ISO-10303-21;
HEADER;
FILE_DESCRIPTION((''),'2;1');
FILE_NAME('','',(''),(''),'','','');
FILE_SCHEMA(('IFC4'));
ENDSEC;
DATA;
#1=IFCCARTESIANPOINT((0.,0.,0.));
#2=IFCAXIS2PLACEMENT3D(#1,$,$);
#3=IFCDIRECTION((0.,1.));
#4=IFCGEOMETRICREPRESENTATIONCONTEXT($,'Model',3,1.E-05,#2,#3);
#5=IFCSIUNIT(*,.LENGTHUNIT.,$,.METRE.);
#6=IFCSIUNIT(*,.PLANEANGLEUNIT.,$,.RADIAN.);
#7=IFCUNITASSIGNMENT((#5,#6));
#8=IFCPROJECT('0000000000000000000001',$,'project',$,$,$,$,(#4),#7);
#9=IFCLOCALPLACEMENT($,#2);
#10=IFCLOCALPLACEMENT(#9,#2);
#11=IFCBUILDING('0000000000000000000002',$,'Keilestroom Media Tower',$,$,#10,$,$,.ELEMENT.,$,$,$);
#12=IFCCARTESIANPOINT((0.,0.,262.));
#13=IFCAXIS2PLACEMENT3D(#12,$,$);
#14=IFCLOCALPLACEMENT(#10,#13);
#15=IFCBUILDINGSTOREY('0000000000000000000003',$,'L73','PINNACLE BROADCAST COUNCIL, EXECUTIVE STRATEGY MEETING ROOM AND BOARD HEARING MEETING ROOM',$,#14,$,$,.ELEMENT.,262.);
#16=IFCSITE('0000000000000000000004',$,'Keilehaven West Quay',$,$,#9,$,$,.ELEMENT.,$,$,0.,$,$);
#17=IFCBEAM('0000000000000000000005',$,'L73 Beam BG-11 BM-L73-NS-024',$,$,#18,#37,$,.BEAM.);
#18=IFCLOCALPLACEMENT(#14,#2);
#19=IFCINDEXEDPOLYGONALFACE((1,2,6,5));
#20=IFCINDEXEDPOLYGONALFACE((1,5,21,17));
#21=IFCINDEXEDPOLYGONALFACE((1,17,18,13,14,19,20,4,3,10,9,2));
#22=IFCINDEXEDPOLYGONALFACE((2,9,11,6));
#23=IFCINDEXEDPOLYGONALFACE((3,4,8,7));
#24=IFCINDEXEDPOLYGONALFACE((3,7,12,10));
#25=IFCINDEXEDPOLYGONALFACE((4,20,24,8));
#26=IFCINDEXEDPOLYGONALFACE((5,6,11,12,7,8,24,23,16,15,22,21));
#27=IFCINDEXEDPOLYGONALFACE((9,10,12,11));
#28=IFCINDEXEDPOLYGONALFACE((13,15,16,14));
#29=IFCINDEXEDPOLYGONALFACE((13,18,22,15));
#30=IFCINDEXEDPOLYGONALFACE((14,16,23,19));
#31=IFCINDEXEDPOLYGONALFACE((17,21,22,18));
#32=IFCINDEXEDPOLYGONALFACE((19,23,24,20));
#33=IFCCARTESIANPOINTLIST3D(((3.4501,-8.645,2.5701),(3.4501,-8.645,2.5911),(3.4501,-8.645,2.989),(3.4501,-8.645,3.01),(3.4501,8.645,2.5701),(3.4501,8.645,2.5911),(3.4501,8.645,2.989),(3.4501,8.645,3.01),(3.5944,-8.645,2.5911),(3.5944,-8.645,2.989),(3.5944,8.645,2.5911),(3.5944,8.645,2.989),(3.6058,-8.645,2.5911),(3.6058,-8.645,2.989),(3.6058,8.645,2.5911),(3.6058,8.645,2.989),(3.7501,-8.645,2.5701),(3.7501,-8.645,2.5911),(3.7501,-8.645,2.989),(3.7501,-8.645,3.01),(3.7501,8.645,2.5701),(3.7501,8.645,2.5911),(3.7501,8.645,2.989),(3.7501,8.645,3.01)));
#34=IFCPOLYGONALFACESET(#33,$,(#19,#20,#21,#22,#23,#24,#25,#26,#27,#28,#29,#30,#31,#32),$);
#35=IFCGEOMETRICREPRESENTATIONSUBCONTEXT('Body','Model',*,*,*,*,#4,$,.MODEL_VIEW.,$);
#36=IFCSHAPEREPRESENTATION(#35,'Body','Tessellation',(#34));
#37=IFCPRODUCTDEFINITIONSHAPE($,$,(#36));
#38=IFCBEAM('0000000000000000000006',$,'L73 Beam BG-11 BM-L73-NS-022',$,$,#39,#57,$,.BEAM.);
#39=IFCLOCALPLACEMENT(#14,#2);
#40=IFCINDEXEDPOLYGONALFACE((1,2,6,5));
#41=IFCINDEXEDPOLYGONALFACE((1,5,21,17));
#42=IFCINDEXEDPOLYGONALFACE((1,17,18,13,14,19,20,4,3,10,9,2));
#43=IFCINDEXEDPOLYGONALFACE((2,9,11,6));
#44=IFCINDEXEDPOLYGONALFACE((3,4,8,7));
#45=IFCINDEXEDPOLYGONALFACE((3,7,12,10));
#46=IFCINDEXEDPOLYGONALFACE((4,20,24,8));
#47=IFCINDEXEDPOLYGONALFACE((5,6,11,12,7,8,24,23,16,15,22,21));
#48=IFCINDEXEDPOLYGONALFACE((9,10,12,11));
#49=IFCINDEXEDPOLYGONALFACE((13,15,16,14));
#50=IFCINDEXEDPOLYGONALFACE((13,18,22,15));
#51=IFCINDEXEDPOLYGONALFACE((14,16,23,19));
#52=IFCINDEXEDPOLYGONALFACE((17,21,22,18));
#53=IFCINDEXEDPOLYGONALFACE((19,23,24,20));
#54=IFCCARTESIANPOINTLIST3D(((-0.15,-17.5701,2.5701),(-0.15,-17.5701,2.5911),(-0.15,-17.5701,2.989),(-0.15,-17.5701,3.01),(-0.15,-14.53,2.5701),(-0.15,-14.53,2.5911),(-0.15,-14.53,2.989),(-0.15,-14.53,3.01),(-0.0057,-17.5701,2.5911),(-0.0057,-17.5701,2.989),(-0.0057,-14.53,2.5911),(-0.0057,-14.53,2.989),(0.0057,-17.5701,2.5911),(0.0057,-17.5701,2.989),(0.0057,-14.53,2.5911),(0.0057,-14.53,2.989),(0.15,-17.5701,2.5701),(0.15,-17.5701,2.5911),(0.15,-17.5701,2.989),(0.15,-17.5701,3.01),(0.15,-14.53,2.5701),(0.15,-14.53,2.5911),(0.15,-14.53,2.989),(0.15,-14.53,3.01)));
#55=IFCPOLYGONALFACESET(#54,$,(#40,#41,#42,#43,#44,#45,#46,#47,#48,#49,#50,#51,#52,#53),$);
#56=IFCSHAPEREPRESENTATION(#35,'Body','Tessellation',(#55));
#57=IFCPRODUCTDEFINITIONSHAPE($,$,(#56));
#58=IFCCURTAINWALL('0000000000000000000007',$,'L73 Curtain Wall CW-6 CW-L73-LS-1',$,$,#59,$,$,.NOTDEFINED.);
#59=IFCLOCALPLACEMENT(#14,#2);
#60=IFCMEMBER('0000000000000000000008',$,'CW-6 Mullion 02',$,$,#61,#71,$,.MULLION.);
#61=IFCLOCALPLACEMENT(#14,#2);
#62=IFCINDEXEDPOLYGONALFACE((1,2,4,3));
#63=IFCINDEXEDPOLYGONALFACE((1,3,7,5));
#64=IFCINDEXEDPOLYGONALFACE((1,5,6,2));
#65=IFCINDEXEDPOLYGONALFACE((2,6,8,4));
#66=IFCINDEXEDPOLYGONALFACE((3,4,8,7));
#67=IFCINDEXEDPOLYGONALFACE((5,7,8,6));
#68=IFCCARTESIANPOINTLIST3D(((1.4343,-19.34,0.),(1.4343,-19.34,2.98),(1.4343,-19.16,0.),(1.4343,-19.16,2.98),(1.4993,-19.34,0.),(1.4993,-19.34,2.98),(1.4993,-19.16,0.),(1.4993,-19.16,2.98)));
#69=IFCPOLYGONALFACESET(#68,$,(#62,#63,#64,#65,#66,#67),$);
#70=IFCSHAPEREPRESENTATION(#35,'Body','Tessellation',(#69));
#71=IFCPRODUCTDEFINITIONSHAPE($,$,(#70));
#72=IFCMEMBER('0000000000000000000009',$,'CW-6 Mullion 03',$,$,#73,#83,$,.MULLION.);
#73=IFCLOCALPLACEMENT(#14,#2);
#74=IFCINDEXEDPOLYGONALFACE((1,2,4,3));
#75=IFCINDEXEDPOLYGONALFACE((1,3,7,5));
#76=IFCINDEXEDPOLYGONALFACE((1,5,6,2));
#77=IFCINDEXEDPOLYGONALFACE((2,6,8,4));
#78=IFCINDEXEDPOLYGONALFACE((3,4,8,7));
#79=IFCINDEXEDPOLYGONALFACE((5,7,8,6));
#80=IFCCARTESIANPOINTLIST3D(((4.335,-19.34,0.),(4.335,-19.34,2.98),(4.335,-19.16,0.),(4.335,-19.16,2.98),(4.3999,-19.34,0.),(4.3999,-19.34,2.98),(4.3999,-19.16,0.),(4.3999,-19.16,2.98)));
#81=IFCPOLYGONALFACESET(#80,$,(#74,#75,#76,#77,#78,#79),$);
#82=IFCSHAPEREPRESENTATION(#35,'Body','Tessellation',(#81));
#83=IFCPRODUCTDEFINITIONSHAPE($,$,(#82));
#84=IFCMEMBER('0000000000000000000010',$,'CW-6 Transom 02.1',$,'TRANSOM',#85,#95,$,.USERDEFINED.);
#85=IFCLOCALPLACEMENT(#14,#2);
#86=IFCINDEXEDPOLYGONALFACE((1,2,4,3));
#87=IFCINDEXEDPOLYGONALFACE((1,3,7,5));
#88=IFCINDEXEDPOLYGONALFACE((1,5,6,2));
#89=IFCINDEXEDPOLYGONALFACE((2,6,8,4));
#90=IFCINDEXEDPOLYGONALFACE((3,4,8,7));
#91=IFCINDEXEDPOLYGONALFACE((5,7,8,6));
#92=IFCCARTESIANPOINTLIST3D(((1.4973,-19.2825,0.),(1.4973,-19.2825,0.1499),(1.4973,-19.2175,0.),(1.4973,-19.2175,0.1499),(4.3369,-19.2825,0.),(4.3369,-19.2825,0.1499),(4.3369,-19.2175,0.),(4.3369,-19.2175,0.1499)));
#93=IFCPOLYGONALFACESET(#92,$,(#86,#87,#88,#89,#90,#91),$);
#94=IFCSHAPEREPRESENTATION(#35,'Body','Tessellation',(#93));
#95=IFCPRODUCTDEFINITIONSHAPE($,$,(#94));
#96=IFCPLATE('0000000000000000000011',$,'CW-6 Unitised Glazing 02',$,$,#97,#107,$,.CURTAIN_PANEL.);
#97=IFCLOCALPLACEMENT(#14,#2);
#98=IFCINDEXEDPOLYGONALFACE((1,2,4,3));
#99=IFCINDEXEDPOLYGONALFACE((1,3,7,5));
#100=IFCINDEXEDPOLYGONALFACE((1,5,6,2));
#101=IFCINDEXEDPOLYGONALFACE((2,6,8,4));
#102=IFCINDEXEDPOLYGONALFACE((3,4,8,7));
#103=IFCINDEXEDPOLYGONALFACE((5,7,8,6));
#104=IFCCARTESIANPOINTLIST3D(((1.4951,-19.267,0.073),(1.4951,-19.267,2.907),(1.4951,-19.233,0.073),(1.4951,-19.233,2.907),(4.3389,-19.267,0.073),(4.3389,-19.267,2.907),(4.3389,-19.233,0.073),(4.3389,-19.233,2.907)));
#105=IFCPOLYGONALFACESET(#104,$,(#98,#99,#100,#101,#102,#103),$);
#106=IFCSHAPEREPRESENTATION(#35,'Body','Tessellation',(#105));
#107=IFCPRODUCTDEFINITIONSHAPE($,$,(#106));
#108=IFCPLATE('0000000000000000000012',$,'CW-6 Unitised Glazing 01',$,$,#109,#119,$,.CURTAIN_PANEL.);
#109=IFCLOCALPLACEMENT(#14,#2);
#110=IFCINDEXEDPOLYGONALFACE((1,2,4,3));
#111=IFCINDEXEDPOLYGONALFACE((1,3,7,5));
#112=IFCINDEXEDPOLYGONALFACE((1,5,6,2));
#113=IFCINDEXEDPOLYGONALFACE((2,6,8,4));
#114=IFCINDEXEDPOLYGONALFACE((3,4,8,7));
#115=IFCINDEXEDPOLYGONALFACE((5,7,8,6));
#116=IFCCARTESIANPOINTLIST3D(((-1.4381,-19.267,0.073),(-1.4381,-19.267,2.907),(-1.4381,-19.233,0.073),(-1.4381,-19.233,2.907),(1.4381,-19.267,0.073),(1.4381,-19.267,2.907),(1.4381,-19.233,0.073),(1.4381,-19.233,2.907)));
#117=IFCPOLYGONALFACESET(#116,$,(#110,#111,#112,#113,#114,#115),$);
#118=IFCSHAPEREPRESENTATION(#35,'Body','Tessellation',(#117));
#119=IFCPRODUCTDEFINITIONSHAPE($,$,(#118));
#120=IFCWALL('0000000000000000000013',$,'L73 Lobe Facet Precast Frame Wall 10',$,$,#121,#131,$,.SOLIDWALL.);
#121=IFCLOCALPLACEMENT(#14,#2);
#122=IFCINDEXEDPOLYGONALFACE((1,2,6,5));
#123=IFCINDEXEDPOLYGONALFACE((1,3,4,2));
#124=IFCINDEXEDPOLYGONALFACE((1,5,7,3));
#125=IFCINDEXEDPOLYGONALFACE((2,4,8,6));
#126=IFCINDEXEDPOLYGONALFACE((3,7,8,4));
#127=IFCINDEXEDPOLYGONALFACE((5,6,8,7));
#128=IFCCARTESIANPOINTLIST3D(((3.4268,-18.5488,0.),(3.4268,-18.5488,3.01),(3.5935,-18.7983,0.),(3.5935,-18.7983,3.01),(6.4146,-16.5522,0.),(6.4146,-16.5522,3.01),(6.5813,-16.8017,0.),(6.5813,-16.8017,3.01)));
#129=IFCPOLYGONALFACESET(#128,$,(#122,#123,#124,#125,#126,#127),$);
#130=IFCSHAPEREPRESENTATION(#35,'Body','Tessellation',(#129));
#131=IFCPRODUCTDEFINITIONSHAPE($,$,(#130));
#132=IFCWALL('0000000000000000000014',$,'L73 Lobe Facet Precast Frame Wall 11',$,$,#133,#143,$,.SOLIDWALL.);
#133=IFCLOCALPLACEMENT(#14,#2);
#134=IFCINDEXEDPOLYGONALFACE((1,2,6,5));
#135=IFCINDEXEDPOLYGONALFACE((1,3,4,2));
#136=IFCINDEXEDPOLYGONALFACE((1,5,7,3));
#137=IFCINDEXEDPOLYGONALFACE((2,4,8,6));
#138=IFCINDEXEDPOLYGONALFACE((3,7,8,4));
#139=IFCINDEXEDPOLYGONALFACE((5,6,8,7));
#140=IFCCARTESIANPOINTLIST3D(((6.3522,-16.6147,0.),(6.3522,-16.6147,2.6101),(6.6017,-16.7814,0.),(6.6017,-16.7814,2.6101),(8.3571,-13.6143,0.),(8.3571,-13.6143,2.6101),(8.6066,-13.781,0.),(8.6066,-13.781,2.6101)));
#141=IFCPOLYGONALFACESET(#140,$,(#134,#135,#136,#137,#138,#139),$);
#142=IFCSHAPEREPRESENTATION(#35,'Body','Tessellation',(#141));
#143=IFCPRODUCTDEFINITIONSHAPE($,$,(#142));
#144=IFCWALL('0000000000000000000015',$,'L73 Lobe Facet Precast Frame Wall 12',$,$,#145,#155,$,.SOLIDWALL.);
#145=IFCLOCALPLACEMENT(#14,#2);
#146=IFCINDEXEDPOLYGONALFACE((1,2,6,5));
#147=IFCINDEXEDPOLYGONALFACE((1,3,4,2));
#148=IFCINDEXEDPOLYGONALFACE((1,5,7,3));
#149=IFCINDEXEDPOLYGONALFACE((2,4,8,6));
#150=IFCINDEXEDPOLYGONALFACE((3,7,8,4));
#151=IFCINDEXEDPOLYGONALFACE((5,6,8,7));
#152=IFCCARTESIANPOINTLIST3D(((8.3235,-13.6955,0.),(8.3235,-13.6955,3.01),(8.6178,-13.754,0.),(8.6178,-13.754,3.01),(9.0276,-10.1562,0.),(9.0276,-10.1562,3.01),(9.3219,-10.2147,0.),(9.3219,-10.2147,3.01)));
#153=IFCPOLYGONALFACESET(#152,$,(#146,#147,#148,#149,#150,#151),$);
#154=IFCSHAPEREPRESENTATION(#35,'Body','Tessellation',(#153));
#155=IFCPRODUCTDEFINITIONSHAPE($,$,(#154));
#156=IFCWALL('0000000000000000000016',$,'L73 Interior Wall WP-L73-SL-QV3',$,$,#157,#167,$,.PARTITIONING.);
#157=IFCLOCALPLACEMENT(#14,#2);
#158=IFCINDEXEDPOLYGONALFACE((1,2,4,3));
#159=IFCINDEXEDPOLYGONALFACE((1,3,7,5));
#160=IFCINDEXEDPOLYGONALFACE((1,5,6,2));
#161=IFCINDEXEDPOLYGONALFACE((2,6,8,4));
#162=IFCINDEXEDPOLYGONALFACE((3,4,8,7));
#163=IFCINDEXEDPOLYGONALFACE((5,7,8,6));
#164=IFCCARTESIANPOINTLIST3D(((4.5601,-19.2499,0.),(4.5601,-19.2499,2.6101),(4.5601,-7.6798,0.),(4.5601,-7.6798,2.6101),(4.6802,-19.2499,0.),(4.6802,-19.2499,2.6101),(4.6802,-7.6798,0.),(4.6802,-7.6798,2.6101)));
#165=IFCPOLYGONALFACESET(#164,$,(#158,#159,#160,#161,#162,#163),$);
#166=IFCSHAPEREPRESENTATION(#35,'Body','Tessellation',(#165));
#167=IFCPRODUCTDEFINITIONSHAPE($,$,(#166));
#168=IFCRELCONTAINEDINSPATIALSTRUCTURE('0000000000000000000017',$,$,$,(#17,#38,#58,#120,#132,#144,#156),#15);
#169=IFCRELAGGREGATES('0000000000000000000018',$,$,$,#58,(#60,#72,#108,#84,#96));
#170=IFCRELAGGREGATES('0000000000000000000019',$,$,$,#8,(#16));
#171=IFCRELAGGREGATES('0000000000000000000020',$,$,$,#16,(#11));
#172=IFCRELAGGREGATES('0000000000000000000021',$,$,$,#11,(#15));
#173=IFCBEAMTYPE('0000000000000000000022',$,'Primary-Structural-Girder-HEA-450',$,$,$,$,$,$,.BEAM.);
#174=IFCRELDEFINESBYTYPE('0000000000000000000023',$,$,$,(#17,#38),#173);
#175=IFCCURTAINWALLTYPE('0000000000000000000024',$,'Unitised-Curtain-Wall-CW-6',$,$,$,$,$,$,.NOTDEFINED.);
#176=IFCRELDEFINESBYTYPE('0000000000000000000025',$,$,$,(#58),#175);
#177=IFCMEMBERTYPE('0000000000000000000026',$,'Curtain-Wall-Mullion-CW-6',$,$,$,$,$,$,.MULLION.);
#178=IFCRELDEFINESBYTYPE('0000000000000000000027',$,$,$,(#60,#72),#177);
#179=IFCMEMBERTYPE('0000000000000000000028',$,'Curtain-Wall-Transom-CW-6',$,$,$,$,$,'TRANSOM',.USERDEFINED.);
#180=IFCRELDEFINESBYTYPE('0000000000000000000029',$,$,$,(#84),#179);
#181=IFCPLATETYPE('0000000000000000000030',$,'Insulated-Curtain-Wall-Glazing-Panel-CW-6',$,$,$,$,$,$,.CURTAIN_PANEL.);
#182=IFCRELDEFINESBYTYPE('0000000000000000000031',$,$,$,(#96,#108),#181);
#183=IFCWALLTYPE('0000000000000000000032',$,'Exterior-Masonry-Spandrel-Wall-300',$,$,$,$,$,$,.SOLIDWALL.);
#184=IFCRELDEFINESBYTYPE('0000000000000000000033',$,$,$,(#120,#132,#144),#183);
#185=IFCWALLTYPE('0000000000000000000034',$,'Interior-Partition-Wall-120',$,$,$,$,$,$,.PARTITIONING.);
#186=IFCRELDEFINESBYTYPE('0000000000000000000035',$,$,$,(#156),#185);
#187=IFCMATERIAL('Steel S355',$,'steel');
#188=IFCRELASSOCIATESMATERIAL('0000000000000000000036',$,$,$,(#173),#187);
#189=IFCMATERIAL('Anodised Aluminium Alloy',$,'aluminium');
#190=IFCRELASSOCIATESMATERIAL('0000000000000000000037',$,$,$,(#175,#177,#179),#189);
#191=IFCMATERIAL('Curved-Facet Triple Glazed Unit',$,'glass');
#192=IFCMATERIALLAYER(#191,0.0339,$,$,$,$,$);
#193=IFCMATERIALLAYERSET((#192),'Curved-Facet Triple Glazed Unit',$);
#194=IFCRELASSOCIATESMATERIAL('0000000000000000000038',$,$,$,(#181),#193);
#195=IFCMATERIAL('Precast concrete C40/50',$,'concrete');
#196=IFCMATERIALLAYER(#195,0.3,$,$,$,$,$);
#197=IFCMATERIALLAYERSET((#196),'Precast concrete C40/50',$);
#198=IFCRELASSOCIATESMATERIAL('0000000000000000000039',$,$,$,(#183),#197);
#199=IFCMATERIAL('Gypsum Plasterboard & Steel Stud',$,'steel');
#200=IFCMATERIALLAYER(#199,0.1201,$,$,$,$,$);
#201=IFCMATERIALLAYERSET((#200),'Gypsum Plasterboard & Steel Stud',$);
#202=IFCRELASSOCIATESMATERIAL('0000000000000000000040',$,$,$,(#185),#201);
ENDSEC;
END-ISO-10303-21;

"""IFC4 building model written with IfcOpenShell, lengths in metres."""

from ifc_helpers import new_model, si_unit, direction, frame, frame_2d, origin, origin_2d, place, context, subcontext, project, spatial, rectangle, i_section, extrude, source, transform, mapped, material, layer, layer_set, material_profile, profile_set, type_object, element, aggregate, save


model = new_model("IFC4")

# Units and contexts
model_context = context("Model", 3, precision=1e-05, world=origin(), true_north=direction((0.0, 1.0)))
body_context = subcontext(model_context, "Body", "Model", "MODEL_VIEW")
ifc_project = project(units=[si_unit("LENGTHUNIT", "METRE"), si_unit("PLANEANGLEUNIT", "RADIAN")], contexts=[model_context])

# Site, building, storey
site_placement = place(None, origin())
site = spatial("IfcSite", under=ifc_project, at=site_placement, Name="Keilehaven West Quay", CompositionType="ELEMENT", RefElevation=0.0)
building_placement = place(site_placement, origin())
building = spatial("IfcBuilding", under=site, at=building_placement, Name="Keilestroom Media Tower", CompositionType="ELEMENT")
storey_placement = place(building_placement, frame((0.0, 0.0, 262.0)))
storey = spatial("IfcBuildingStorey", under=building, at=storey_placement, Name="L73", Description="PINNACLE BROADCAST COUNCIL, EXECUTIVE STRATEGY MEETING ROOM AND BOARD HEARING MEETING ROOM", CompositionType="ELEMENT", Elevation=262.0)

# Shared definitions
ifc_material_1 = material(Name="Steel S355", Category="steel")

# Beams
ifc_material_profile_1 = material_profile(ifc_material_1, i_section(OverallWidth=0.3, OverallDepth=0.4399, WebThickness=0.0115, FlangeThickness=0.021, at=origin_2d()), Name="HEA 450")
ifc_profile_set_1 = profile_set([ifc_material_profile_1], Name="Steel S355")
beam_type_1 = type_object("IfcBeamType", Name="Primary-Structural-Girder-HEA-450", PredefinedType="BEAM", material=ifc_profile_set_1)
shared_shape_1 = source(origin(), body_context, "Body", "SweptSolid", [
    extrude(i_section(OverallWidth=0.3, OverallDepth=0.4399, WebThickness=0.0115, FlangeThickness=0.021, at=origin_2d()), origin(), (0.0, 0.0, 1.0), 17.29),
])
beam_1_placement = place(storey_placement, frame((3.6001, -8.645, 2.79), z_axis=(0.0, 1.0, 0.0), x_axis=(-1.0, 0.0, 0.0)))
element("IfcBeam", 1, at=beam_1_placement, inside=storey, type_object=beam_type_1, Name="L73 Beam BG-11 BM-L73-NS-024", PredefinedType="BEAM", context=body_context, shape_type="MappedRepresentation", body=[
    mapped(shared_shape_1, transform((0.0, 0.0, 0.0), x_axis=(1.0, 0.0, 0.0), y_axis=(0.0, 1.0, 0.0), z_axis=(0.0, 0.0, 1.0), scale=1.0)),
])
shared_shape_2 = source(origin(), body_context, "Body", "SweptSolid", [
    extrude(i_section(OverallWidth=0.3, OverallDepth=0.4399, WebThickness=0.0115, FlangeThickness=0.021, at=origin_2d()), origin(), (0.0, 0.0, 1.0), 3.04),
])
beam_2_placement = place(storey_placement, frame((0.0, -17.5701, 2.79), z_axis=(0.0, 1.0, 0.0), x_axis=(-1.0, 0.0, 0.0)))
element("IfcBeam", 2, at=beam_2_placement, inside=storey, type_object=beam_type_1, Name="L73 Beam BG-11 BM-L73-NS-022", PredefinedType="BEAM", context=body_context, shape_type="MappedRepresentation", body=[
    mapped(shared_shape_2, transform((0.0, 0.0, 0.0), x_axis=(1.0, 0.0, 0.0), y_axis=(0.0, 1.0, 0.0), z_axis=(0.0, 0.0, 1.0), scale=1.0)),
])

# Curtain wall, members, plates
ifc_material_2 = material(Name="Anodised Aluminium Alloy", Category="aluminium")
curtain_wall_type = type_object("IfcCurtainWallType", Name="Unitised-Curtain-Wall-CW-6", PredefinedType="NOTDEFINED", material=ifc_material_2)
curtain_wall_placement = place(storey_placement, origin())
curtain_wall = element("IfcCurtainWall", 3, at=curtain_wall_placement, inside=storey, type_object=curtain_wall_type, Name="L73 Curtain Wall CW-6 CW-L73-LS-1", PredefinedType="NOTDEFINED")
ifc_material_profile_2 = material_profile(ifc_material_2, rectangle(XDim=0.0649, YDim=0.1799, at=origin_2d()), Name="ALU MULLION 65x180")
ifc_profile_set_2 = profile_set([ifc_material_profile_2], Name="Anodised Aluminium Alloy")
member_type_1 = type_object("IfcMemberType", Name="Curtain-Wall-Mullion-CW-6", PredefinedType="MULLION", material=ifc_profile_set_2)
shared_shape_3 = source(origin(), body_context, "Body", "SweptSolid", [
    extrude(rectangle(XDim=0.0649, YDim=0.1799, at=origin_2d()), origin(), (0.0, 0.0, 1.0), 2.98),
])
member_1_placement = place(storey_placement, frame((1.4668, -19.25, 0.0), z_axis=(0.0, 0.0, 1.0), x_axis=(1.0, 0.0, 0.0)))
member_1 = element("IfcMember", 4, at=member_1_placement, type_object=member_type_1, Name="CW-6 Mullion 02", PredefinedType="MULLION", context=body_context, shape_type="MappedRepresentation", body=[
    mapped(shared_shape_3, transform((0.0, 0.0, 0.0), x_axis=(1.0, 0.0, 0.0), y_axis=(0.0, 1.0, 0.0), z_axis=(0.0, 0.0, 1.0), scale=1.0)),
])
member_2_placement = place(storey_placement, frame((4.3674, -19.25, 0.0), z_axis=(0.0, 0.0, 1.0), x_axis=(1.0, 0.0, 0.0)))
member_2 = element("IfcMember", 5, at=member_2_placement, type_object=member_type_1, Name="CW-6 Mullion 03", PredefinedType="MULLION", context=body_context, shape_type="MappedRepresentation", body=[
    mapped(shared_shape_3, transform((0.0, 0.0, 0.0), x_axis=(1.0, 0.0, 0.0), y_axis=(0.0, 1.0, 0.0), z_axis=(0.0, 0.0, 1.0), scale=1.0)),
])
ifc_material_profile_3 = material_profile(ifc_material_2, rectangle(XDim=0.0649, YDim=0.1499, at=origin_2d()), Name="ALU TRANSOM 65x150")
ifc_profile_set_3 = profile_set([ifc_material_profile_3], Name="Anodised Aluminium Alloy")
member_type_2 = type_object("IfcMemberType", Name="Curtain-Wall-Transom-CW-6", ElementType="TRANSOM", PredefinedType="USERDEFINED", material=ifc_profile_set_3)
shared_shape_4 = source(origin(), body_context, "Body", "SweptSolid", [
    extrude(rectangle(XDim=0.0649, YDim=0.1499, at=origin_2d()), origin(), (0.0, 0.0, 1.0), 2.8396),
])
member_3_placement = place(storey_placement, frame((1.4973, -19.25, 0.075), z_axis=(1.0, 0.0, 0.0), x_axis=(0.0, 1.0, 0.0)))
member_3 = element("IfcMember", 6, at=member_3_placement, type_object=member_type_2, Name="CW-6 Transom 02.1", ObjectType="TRANSOM", PredefinedType="USERDEFINED", context=body_context, shape_type="MappedRepresentation", body=[
    mapped(shared_shape_4, transform((0.0, 0.0, 0.0), x_axis=(1.0, 0.0, 0.0), y_axis=(0.0, 1.0, 0.0), z_axis=(0.0, 0.0, 1.0), scale=1.0)),
])
ifc_material_3 = material(Name="Curved-Facet Triple Glazed Unit", Category="glass")
ifc_layer_1 = layer(ifc_material_3, 0.0339)
ifc_layer_set_1 = layer_set([ifc_layer_1], Name="Curved-Facet Triple Glazed Unit")
plate_type = type_object("IfcPlateType", Name="Insulated-Curtain-Wall-Glazing-Panel-CW-6", PredefinedType="CURTAIN_PANEL", material=ifc_layer_set_1)
shared_shape_5 = source(origin(), body_context, "Body", "SweptSolid", [
    extrude(rectangle(XDim=2.8438, YDim=0.0339, at=origin_2d()), origin(), (0.0, 0.0, 1.0), 2.834),
])
plate_1_placement = place(storey_placement, frame((2.917, -19.25, 0.073), z_axis=(0.0, 0.0, 1.0), x_axis=(1.0, 0.0, 0.0)))
plate_1 = element("IfcPlate", 7, at=plate_1_placement, type_object=plate_type, Name="CW-6 Unitised Glazing 02", PredefinedType="CURTAIN_PANEL", context=body_context, shape_type="MappedRepresentation", body=[
    mapped(shared_shape_5, transform((0.0, 0.0, 0.0), x_axis=(1.0, 0.0, 0.0), y_axis=(0.0, 1.0, 0.0), z_axis=(0.0, 0.0, 1.0), scale=1.0)),
])
shared_shape_6 = source(origin(), body_context, "Body", "SweptSolid", [
    extrude(rectangle(XDim=2.8762, YDim=0.0339, at=origin_2d()), origin(), (0.0, 0.0, 1.0), 2.834),
])
plate_2_placement = place(storey_placement, frame((0.0, -19.25, 0.073), z_axis=(0.0, 0.0, 1.0), x_axis=(1.0, 0.0, 0.0)))
plate_2 = element("IfcPlate", 8, at=plate_2_placement, type_object=plate_type, Name="CW-6 Unitised Glazing 01", PredefinedType="CURTAIN_PANEL", context=body_context, shape_type="MappedRepresentation", body=[
    mapped(shared_shape_6, transform((0.0, 0.0, 0.0), x_axis=(1.0, 0.0, 0.0), y_axis=(0.0, 1.0, 0.0), z_axis=(0.0, 0.0, 1.0), scale=1.0)),
])
aggregate(curtain_wall, [member_1, member_2, plate_2, member_3, plate_1])

# Walls
ifc_material_4 = material(Name="Precast concrete C40/50", Category="concrete")
ifc_layer_2 = layer(ifc_material_4, 0.3)
ifc_layer_set_2 = layer_set([ifc_layer_2], Name="Precast concrete C40/50")
wall_type_1 = type_object("IfcWallType", Name="Exterior-Masonry-Spandrel-Wall-300", PredefinedType="SOLIDWALL", material=ifc_layer_set_2)
wall_1_placement = place(storey_placement, frame((3.51, -18.6736, 0.0), z_axis=(0.0, 0.0, 1.0), x_axis=(0.831444, 0.555609, 0.0)))
element("IfcWall", 9, at=wall_1_placement, inside=storey, type_object=wall_type_1, Name="L73 Lobe Facet Precast Frame Wall 10", PredefinedType="SOLIDWALL", context=body_context, shape_type="SweptSolid", body=[
    extrude(rectangle(XDim=3.5935, YDim=0.3, at=frame_2d((1.7969, 0.0))), origin(), (0.0, 0.0, 1.0), 3.01),
])
wall_2_placement = place(storey_placement, frame((6.4771, -16.698, 0.0), z_axis=(0.0, 0.0, 1.0), x_axis=(0.555574, 0.831467, 0.0)))
element("IfcWall", 10, at=wall_2_placement, inside=storey, type_object=wall_type_1, Name="L73 Lobe Facet Precast Frame Wall 11", PredefinedType="SOLIDWALL", context=body_context, shape_type="SweptSolid", body=[
    extrude(rectangle(XDim=3.6086, YDim=0.3, at=frame_2d((1.8042, 0.0))), origin(), (0.0, 0.0, 1.0), 2.6101),
])
wall_3_placement = place(storey_placement, frame((8.4707, -13.7246, 0.0), z_axis=(0.0, 0.0, 1.0), x_axis=(0.195114, 0.980781, 0.0)))
element("IfcWall", 11, at=wall_3_placement, inside=storey, type_object=wall_type_1, Name="L73 Lobe Facet Precast Frame Wall 12", PredefinedType="SOLIDWALL", context=body_context, shape_type="SweptSolid", body=[
    extrude(rectangle(XDim=3.6086, YDim=0.3, at=frame_2d((1.8042, 0.0))), origin(), (0.0, 0.0, 1.0), 3.01),
])
ifc_material_5 = material(Name="Gypsum Plasterboard & Steel Stud", Category="steel")
ifc_layer_3 = layer(ifc_material_5, 0.1201)
ifc_layer_set_3 = layer_set([ifc_layer_3], Name="Gypsum Plasterboard & Steel Stud")
wall_type_2 = type_object("IfcWallType", Name="Interior-Partition-Wall-120", PredefinedType="PARTITIONING", material=ifc_layer_set_3)
wall_4_placement = place(storey_placement, frame((4.6201, -19.25, 0.0), z_axis=(0.0, 0.0, 1.0), x_axis=(0.0, 1.0, 0.0)))
element("IfcWall", 12, at=wall_4_placement, inside=storey, type_object=wall_type_2, Name="L73 Interior Wall WP-L73-SL-QV3", PredefinedType="PARTITIONING", context=body_context, shape_type="SweptSolid", body=[
    extrude(rectangle(XDim=11.5701, YDim=0.1201, at=frame_2d((5.7852, 0.0))), origin(), (0.0, 0.0, 1.0), 2.6101),
])

save(model, "model.ifc")
